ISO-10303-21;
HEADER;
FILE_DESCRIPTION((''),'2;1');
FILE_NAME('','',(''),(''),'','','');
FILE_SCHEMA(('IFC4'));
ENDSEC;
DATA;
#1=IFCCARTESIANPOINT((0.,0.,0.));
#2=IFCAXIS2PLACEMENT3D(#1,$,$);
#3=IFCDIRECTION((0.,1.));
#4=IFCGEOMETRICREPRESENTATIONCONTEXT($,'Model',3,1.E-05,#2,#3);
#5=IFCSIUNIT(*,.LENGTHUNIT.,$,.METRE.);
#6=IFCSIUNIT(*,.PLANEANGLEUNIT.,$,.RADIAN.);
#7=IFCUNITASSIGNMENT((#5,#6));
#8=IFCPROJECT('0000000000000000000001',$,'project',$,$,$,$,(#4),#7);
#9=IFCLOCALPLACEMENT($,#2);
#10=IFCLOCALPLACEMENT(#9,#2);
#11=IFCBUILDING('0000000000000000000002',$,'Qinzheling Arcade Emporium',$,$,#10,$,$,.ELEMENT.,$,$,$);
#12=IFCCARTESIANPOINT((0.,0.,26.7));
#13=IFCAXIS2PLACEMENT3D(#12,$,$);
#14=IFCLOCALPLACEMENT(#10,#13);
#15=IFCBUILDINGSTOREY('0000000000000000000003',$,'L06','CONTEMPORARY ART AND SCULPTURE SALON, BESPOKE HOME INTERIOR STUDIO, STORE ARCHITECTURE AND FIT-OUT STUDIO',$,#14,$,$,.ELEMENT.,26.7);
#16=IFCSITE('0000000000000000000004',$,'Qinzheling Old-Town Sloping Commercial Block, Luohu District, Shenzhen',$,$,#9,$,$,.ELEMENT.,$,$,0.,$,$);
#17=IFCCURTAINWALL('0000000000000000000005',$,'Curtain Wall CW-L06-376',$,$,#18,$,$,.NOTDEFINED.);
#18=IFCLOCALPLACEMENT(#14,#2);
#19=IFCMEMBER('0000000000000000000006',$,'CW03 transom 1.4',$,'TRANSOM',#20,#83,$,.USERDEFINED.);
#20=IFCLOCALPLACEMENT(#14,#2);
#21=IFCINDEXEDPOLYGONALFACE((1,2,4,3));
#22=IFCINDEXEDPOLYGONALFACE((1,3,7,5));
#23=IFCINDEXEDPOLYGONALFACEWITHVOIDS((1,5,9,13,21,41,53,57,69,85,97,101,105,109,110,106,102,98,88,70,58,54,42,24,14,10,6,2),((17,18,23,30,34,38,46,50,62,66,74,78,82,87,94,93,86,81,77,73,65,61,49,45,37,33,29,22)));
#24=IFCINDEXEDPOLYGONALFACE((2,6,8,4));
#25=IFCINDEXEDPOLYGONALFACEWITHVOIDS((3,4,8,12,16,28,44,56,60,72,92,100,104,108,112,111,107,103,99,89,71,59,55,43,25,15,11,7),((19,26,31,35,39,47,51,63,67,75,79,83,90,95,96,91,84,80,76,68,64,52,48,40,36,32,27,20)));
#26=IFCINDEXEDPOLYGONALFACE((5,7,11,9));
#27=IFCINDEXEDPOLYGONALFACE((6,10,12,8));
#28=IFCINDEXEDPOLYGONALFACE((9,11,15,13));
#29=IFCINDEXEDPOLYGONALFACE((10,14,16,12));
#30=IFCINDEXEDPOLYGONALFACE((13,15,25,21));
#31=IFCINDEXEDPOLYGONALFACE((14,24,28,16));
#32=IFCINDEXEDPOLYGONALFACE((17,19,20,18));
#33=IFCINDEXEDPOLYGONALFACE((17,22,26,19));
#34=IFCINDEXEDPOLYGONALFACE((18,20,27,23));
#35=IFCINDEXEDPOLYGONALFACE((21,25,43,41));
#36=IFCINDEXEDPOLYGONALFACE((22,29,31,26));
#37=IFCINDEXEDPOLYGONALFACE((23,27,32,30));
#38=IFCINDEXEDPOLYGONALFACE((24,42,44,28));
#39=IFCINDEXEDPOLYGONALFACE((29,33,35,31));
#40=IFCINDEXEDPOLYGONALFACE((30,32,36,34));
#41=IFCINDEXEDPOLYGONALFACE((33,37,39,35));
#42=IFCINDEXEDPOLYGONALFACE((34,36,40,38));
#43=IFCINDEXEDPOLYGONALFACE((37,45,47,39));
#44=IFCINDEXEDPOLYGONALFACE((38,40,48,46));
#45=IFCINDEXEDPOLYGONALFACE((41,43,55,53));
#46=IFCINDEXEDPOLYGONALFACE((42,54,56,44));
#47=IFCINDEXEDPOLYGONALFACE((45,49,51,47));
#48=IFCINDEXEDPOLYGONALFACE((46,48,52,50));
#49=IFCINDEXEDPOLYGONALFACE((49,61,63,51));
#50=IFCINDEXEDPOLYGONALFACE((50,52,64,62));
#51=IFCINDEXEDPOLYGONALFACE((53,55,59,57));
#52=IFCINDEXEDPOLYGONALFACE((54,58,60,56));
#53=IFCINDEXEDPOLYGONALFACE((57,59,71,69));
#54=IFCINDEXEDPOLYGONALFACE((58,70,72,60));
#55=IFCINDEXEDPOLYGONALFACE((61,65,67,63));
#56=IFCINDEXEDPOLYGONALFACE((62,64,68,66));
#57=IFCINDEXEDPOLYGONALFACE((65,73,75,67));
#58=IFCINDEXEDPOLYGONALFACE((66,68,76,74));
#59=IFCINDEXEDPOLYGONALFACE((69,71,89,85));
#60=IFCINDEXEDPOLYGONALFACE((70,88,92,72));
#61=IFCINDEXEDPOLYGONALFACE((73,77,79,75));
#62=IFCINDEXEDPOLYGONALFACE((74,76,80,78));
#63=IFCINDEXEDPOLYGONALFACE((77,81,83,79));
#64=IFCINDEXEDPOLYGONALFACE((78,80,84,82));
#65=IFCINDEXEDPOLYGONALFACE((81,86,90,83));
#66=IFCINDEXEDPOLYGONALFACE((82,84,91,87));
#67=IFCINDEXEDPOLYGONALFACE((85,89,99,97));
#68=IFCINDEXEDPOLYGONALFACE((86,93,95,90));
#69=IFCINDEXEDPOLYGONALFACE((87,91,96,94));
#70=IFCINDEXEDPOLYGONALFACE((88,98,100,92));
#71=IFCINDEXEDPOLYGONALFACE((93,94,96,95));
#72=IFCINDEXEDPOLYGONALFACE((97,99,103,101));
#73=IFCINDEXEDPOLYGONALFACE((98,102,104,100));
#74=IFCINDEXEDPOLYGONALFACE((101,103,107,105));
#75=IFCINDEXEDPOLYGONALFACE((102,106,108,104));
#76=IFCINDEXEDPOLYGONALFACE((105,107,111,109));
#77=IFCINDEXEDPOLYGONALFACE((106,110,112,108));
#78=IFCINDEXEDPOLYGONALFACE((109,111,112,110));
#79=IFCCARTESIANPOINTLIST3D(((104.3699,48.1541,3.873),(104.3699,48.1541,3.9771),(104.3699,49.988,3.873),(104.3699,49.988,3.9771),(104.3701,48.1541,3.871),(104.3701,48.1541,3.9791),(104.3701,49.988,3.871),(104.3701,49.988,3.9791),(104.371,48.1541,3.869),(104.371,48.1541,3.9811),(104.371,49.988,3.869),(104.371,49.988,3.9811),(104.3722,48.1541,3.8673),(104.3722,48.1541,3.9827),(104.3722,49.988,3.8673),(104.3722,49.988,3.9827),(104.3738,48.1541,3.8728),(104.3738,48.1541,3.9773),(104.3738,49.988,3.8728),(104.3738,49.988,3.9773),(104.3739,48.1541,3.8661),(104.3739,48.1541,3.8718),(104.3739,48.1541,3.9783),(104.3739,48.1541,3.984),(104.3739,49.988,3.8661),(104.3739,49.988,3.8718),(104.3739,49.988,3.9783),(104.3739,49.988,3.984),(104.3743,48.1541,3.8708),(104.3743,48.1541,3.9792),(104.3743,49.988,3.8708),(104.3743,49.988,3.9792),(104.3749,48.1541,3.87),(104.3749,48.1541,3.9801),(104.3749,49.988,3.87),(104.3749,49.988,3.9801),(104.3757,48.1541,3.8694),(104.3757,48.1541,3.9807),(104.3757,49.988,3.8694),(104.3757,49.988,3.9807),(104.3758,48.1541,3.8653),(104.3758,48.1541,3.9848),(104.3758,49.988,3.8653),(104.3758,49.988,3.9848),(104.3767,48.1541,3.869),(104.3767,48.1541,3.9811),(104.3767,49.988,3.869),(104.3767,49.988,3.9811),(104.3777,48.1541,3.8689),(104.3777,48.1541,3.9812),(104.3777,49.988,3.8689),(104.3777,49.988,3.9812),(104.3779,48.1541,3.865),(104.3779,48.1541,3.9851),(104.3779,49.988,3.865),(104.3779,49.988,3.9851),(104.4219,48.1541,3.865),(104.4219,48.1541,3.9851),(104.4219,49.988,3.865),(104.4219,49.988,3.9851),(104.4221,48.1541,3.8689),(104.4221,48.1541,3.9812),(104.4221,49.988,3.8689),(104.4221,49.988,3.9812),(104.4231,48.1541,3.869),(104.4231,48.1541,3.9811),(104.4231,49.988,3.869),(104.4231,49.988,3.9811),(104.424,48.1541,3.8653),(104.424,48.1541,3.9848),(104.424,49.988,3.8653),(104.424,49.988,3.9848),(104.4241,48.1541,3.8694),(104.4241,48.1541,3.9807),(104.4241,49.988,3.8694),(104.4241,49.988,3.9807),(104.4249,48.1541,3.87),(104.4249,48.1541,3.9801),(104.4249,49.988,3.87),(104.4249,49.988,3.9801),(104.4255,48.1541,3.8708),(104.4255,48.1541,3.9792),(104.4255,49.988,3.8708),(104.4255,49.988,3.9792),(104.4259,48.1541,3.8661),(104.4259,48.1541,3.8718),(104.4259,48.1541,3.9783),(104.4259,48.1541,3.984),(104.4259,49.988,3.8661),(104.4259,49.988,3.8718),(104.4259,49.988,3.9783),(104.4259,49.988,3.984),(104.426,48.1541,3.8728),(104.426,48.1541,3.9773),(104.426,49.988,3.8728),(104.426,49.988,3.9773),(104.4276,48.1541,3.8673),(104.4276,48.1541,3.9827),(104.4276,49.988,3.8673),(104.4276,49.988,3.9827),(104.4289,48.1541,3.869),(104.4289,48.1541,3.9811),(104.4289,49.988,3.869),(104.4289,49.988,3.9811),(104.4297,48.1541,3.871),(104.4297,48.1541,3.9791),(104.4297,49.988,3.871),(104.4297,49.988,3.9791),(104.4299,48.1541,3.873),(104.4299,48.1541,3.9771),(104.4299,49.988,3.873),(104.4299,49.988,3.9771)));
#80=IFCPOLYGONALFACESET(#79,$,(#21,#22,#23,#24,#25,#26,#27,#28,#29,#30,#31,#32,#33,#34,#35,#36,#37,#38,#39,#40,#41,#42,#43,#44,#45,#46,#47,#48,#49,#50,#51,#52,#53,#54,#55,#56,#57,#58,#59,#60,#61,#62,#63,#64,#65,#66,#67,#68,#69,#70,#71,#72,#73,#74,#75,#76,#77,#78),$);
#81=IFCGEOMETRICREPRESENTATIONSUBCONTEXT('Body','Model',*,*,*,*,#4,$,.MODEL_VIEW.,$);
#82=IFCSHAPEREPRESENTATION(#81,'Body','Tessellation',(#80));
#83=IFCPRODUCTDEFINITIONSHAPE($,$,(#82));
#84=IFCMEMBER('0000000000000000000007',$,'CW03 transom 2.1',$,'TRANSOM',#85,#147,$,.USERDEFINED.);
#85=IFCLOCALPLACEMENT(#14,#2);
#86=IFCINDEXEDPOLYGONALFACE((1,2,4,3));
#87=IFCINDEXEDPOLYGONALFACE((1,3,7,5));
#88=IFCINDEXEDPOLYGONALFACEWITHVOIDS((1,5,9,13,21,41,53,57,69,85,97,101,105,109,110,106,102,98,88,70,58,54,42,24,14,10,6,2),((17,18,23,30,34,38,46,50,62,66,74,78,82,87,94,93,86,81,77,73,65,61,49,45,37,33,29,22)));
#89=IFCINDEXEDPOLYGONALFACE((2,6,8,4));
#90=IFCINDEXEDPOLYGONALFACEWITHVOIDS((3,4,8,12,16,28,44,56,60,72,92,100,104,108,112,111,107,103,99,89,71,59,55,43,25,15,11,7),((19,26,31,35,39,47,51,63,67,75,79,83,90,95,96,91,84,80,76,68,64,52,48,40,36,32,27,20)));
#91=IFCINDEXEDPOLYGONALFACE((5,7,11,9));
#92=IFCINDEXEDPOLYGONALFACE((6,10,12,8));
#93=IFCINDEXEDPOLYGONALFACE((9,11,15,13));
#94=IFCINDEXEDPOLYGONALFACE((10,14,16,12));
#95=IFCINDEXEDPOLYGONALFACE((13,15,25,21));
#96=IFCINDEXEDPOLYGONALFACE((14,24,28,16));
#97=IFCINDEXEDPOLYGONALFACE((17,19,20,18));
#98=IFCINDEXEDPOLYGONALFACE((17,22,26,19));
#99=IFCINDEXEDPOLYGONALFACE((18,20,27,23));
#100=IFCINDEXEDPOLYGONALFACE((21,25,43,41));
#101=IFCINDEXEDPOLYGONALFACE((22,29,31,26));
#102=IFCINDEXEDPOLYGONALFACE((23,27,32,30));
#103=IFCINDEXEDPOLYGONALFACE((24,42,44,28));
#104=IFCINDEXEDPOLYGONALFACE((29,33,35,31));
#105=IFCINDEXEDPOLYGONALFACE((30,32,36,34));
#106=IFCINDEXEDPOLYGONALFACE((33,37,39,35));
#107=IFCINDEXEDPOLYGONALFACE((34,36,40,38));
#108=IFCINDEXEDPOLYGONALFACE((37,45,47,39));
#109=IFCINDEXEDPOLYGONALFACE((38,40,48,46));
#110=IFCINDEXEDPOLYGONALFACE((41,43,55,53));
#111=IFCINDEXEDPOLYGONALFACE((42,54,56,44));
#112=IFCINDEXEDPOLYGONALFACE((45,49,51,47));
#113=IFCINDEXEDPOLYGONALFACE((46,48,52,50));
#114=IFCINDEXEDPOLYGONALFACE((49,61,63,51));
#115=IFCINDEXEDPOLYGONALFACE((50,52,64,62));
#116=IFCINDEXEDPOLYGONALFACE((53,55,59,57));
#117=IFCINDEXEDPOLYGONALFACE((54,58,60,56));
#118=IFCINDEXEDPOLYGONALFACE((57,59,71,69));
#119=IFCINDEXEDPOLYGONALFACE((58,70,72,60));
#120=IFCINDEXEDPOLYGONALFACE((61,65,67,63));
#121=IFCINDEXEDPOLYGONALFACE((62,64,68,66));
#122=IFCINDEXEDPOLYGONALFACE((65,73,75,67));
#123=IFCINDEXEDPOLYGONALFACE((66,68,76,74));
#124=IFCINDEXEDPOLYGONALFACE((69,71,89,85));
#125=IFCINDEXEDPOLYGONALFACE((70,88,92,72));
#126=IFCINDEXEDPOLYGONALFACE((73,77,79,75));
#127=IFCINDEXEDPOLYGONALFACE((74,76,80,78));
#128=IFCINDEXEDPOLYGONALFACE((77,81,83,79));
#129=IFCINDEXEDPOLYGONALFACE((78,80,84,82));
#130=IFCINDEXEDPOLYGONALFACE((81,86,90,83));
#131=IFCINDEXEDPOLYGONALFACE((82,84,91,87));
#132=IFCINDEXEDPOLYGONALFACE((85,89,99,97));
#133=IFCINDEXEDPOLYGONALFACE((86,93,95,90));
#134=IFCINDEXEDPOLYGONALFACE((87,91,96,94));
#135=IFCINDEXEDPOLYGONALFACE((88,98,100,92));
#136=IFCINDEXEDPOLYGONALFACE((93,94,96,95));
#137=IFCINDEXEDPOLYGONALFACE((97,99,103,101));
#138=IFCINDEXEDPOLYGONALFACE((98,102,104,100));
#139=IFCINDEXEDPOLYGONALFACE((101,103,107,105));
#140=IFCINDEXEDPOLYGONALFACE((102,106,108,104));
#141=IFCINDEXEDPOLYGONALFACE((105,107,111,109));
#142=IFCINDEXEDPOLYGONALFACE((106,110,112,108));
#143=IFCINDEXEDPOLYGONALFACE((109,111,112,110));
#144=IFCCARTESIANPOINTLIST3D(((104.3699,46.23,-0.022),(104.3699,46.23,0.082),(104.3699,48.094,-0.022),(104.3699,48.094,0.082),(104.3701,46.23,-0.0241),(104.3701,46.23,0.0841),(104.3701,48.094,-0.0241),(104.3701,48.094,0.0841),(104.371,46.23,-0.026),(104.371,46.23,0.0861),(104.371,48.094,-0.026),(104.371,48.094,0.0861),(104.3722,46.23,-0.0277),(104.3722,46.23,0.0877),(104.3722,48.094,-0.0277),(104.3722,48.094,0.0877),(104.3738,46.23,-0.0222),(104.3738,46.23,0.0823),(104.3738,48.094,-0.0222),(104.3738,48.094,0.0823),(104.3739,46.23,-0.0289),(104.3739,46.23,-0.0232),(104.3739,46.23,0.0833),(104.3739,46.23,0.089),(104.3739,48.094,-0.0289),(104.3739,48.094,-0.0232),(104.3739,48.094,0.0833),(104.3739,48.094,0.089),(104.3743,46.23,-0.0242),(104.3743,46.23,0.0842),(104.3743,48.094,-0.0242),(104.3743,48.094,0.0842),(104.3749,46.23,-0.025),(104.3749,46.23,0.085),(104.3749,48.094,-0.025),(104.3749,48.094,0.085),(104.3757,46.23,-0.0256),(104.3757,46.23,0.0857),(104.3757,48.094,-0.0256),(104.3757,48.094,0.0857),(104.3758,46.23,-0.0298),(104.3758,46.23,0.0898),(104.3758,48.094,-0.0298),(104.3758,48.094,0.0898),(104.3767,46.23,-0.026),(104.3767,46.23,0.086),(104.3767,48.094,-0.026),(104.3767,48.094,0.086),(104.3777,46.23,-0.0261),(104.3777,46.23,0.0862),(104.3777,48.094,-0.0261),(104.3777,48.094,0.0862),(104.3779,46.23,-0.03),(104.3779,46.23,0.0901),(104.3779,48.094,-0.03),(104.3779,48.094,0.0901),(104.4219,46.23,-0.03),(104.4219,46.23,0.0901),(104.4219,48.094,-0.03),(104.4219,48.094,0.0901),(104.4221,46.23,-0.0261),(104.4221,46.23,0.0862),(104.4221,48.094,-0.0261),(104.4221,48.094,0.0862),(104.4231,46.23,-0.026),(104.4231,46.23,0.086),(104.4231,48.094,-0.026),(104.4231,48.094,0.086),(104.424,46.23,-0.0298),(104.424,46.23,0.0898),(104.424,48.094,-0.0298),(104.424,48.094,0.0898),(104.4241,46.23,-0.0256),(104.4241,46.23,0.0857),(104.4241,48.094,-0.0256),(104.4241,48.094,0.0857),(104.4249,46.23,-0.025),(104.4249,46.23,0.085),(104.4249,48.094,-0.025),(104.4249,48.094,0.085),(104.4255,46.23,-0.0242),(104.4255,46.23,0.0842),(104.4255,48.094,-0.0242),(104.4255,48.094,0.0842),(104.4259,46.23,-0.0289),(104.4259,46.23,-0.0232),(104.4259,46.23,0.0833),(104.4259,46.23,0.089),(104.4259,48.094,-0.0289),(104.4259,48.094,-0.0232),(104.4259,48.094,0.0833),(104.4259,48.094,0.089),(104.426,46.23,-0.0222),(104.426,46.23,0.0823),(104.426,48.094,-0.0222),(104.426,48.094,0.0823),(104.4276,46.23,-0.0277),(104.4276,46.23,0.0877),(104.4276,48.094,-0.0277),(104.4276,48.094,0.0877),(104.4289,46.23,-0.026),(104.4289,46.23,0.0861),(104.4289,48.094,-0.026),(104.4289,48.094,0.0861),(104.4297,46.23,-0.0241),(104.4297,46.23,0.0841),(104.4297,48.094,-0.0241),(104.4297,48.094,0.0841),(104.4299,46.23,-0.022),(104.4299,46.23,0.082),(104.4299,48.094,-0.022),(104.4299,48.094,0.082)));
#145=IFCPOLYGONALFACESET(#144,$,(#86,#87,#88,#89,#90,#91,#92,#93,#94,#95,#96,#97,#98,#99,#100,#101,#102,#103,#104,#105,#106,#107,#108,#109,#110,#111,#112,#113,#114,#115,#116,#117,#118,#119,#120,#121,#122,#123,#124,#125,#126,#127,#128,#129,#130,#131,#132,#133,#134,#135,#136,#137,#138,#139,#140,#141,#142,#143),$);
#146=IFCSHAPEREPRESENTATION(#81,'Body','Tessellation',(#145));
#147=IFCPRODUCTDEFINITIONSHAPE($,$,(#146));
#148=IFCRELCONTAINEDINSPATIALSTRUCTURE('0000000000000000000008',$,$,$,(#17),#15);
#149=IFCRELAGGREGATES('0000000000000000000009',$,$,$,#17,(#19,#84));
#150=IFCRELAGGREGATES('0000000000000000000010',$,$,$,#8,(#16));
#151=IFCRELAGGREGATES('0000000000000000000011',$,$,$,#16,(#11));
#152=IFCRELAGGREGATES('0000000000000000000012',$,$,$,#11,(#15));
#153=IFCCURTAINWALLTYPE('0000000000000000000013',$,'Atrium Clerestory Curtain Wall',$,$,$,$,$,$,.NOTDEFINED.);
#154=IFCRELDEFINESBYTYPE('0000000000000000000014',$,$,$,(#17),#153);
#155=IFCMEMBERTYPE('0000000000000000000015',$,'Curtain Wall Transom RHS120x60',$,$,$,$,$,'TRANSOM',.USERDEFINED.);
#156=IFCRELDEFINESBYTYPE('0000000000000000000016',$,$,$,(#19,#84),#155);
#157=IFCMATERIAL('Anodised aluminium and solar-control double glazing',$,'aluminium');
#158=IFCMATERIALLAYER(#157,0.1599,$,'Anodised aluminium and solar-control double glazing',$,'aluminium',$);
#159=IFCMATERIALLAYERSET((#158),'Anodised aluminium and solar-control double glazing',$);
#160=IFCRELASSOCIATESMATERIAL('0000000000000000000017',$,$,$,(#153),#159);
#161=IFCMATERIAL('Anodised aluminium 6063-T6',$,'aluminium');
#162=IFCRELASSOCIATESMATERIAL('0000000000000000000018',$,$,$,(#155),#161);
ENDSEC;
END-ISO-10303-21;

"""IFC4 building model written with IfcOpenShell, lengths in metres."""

from ifc_helpers import new_model, si_unit, direction, frame, origin, origin_2d, place, context, subcontext, project, spatial, hollow_rectangle, extrude, material, layer, layer_set, material_profile, profile_set, type_object, element, aggregate, save


model = new_model("IFC4")

# Units and contexts
model_context = context("Model", 3, precision=1e-05, world=origin(), true_north=direction((0.0, 1.0)))
body_context = subcontext(model_context, "Body", "Model", "MODEL_VIEW")
ifc_project = project(units=[si_unit("LENGTHUNIT", "METRE"), si_unit("PLANEANGLEUNIT", "RADIAN")], contexts=[model_context])

# Site, building, storey
site_placement = place(None, origin())
site = spatial("IfcSite", under=ifc_project, at=site_placement, Name="Qinzheling Old-Town Sloping Commercial Block, Luohu District, Shenzhen", CompositionType="ELEMENT", RefElevation=0.0)
building_placement = place(site_placement, origin())
building = spatial("IfcBuilding", under=site, at=building_placement, Name="Qinzheling Arcade Emporium", CompositionType="ELEMENT")
storey_placement = place(building_placement, frame((0.0, 0.0, 26.7)))
storey = spatial("IfcBuildingStorey", under=building, at=storey_placement, Name="L06", Description="CONTEMPORARY ART AND SCULPTURE SALON, BESPOKE HOME INTERIOR STUDIO, STORE ARCHITECTURE AND FIT-OUT STUDIO", CompositionType="ELEMENT", Elevation=26.7)

# Curtain wall, members
ifc_material_1 = material(Name="Anodised aluminium and solar-control double glazing", Category="aluminium")
ifc_layer_1 = layer(ifc_material_1, 0.1599, Name="Anodised aluminium and solar-control double glazing", Category="aluminium")
ifc_layer_set_1 = layer_set([ifc_layer_1], Name="Anodised aluminium and solar-control double glazing")
curtain_wall_type = type_object("IfcCurtainWallType", Name="Atrium Clerestory Curtain Wall", PredefinedType="NOTDEFINED", material=ifc_layer_set_1)
curtain_wall_placement = place(storey_placement, origin())
curtain_wall = element("IfcCurtainWall", 1, at=curtain_wall_placement, inside=storey, type_object=curtain_wall_type, Name="Curtain Wall CW-L06-376", PredefinedType="NOTDEFINED")
ifc_material_2 = material(Name="Anodised aluminium 6063-T6", Category="aluminium")
ifc_material_profile_1 = material_profile(ifc_material_2, hollow_rectangle(XDim=0.0601, YDim=0.1201, WallThickness=0.0039, InnerFilletRadius=0.0039, OuterFilletRadius=0.0081, at=origin_2d()), Name="RHS 120x60x4", Category="aluminium")
ifc_profile_set_1 = profile_set([ifc_material_profile_1], Name="Anodised aluminium 6063-T6")
member_type_1 = type_object("IfcMemberType", Name="Curtain Wall Transom RHS120x60", ElementType="TRANSOM", PredefinedType="USERDEFINED", material=ifc_profile_set_1)
member_1_placement = place(storey_placement, frame((104.3999, 49.988, 3.925), z_axis=(0.0, -1.0, 0.0), x_axis=(1.0, 0.0, 0.0)))
member_1 = element("IfcMember", 2, at=member_1_placement, type_object=member_type_1, Name="CW03 transom 1.4", ObjectType="TRANSOM", PredefinedType="USERDEFINED", context=body_context, shape_type="SweptSolid", body=[
    extrude(hollow_rectangle(XDim=0.0601, YDim=0.1201, WallThickness=0.0039, InnerFilletRadius=0.0039, OuterFilletRadius=0.0081, at=origin_2d()), origin(), (0.0, 0.0, 1.0), 1.834),
])
member_2_placement = place(storey_placement, frame((104.3999, 48.094, 0.03), z_axis=(0.0, -1.0, 0.0), x_axis=(1.0, 0.0, 0.0)))
member_2 = element("IfcMember", 3, at=member_2_placement, type_object=member_type_1, Name="CW03 transom 2.1", ObjectType="TRANSOM", PredefinedType="USERDEFINED", context=body_context, shape_type="SweptSolid", body=[
    extrude(hollow_rectangle(XDim=0.0601, YDim=0.1201, WallThickness=0.0039, InnerFilletRadius=0.0039, OuterFilletRadius=0.0081, at=origin_2d()), origin(), (0.0, 0.0, 1.0), 1.864),
])

aggregate(curtain_wall, [member_1, member_2])

save(model, "model.ifc")
